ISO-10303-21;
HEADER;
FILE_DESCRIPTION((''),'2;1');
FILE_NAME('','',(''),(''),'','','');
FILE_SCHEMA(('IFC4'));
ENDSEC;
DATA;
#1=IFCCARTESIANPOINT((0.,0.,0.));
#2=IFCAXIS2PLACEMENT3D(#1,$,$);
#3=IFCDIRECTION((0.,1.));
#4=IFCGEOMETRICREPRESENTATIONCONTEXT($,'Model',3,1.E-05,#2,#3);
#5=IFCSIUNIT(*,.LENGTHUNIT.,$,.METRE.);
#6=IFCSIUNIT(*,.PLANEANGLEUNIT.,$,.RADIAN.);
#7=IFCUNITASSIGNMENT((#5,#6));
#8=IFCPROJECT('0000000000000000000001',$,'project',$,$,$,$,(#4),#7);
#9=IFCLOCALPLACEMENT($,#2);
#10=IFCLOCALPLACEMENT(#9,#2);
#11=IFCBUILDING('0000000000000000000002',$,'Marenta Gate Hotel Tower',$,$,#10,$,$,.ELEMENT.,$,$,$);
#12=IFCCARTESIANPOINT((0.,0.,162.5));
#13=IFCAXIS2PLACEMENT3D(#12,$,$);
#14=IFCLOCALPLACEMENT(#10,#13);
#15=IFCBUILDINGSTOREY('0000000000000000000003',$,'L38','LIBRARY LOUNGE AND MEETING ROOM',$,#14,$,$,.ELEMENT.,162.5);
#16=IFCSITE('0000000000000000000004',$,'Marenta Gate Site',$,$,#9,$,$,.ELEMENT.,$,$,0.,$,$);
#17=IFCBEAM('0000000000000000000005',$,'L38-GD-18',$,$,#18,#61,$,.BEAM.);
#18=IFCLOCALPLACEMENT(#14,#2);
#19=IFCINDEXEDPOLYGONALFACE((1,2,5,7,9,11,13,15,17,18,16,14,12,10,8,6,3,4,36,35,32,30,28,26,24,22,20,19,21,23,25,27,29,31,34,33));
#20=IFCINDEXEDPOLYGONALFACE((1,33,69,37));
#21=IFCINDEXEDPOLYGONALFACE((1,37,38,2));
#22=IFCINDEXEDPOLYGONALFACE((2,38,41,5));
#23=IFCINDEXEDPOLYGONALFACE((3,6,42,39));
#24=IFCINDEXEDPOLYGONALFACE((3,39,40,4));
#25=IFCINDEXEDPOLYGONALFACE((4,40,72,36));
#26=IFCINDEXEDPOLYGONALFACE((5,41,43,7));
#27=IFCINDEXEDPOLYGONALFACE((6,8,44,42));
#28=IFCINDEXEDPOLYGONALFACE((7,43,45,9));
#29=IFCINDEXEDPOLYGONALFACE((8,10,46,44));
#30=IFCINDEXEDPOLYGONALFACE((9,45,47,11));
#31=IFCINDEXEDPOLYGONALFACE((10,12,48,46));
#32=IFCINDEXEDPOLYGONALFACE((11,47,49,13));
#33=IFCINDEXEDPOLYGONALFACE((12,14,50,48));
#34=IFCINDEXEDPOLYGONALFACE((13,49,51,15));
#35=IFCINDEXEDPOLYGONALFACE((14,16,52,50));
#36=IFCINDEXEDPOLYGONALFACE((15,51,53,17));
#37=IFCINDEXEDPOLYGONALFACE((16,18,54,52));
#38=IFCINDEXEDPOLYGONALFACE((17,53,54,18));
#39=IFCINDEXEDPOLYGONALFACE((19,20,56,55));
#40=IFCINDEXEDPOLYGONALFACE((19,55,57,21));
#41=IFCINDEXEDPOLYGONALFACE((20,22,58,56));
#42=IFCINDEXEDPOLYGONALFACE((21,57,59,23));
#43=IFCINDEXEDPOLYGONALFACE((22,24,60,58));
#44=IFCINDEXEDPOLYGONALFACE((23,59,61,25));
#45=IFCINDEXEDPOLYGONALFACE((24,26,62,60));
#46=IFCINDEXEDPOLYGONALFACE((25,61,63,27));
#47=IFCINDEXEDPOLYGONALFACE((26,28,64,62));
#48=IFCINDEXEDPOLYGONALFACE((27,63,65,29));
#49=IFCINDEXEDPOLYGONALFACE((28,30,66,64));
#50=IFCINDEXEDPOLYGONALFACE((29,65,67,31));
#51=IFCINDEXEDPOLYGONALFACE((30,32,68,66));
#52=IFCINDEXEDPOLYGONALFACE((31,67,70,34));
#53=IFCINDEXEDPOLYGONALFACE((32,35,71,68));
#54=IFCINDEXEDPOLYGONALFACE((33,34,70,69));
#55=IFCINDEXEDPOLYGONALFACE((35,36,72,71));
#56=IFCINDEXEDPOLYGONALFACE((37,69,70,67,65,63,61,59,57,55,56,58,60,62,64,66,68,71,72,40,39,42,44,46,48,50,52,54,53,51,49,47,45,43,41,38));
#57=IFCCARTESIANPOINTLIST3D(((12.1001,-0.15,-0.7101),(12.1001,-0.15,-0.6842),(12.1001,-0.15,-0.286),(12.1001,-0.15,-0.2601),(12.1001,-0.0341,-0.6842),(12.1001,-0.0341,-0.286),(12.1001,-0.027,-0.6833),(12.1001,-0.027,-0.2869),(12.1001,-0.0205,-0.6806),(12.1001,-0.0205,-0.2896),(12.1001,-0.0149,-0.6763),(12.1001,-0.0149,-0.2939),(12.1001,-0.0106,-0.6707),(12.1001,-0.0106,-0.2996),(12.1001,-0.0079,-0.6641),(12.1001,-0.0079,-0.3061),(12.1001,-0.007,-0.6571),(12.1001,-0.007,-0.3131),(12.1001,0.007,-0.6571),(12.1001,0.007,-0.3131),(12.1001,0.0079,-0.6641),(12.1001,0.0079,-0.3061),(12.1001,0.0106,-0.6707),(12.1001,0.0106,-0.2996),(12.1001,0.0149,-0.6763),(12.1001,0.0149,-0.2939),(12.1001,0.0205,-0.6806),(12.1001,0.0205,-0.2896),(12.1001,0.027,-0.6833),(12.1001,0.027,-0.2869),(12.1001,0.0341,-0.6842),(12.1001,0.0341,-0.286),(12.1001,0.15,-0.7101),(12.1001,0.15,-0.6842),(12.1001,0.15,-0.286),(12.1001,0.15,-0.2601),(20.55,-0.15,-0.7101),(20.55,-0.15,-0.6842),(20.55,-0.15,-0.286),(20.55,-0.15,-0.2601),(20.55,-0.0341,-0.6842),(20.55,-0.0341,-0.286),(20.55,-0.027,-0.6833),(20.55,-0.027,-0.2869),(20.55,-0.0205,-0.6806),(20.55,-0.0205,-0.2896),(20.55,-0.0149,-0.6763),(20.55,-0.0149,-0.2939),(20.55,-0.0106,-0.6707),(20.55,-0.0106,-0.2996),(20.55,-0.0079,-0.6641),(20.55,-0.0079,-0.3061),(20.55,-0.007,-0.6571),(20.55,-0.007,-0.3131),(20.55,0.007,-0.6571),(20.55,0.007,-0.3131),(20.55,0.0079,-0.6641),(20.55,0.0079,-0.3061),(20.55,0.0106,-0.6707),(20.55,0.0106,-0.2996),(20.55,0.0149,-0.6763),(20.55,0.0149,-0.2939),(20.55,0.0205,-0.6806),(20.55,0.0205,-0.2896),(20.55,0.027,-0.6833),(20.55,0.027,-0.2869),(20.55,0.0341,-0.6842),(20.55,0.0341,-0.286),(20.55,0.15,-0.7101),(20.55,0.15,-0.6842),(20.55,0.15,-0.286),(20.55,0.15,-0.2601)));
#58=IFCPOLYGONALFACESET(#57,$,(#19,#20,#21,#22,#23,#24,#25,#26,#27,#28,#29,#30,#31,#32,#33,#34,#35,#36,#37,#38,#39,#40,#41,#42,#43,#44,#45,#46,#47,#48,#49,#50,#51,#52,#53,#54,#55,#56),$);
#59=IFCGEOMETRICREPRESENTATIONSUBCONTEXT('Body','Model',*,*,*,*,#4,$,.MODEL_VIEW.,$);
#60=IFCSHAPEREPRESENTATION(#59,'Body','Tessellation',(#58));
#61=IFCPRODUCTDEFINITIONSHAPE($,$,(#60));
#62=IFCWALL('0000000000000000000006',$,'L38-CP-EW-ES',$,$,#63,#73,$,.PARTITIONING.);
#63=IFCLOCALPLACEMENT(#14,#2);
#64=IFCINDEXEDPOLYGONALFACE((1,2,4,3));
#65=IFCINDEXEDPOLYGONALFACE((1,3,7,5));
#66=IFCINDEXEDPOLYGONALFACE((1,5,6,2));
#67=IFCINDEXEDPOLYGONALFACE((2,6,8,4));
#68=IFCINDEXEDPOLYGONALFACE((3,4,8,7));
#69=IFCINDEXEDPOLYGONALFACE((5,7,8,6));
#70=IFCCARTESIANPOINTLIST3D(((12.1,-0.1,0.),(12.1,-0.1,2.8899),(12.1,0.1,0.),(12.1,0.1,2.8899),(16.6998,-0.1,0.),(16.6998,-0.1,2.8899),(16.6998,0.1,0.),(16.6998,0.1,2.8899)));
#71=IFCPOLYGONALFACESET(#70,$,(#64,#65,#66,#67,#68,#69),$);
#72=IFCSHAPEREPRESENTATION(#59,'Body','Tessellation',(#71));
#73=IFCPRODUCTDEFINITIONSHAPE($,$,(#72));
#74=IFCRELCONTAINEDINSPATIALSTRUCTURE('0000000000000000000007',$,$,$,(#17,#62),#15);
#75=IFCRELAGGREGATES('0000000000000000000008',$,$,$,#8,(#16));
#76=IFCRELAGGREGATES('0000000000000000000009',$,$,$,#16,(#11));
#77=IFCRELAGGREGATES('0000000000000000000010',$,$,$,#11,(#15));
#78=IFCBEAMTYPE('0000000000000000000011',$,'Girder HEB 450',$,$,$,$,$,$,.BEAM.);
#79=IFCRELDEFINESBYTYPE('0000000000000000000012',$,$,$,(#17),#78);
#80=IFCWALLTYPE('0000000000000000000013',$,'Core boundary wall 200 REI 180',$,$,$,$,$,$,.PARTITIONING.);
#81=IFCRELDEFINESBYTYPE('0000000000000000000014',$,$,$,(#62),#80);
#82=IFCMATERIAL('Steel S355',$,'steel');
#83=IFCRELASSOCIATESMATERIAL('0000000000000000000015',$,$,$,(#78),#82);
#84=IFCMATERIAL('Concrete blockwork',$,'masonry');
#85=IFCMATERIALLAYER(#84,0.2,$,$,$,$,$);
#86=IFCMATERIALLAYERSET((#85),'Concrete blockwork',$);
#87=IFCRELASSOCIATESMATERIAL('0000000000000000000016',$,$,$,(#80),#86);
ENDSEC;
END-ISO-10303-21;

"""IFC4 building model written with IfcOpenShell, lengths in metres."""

from ifc_helpers import new_model, si_unit, direction, frame, frame_2d, origin, origin_2d, place, context, subcontext, project, spatial, rectangle, i_section, extrude, material, layer, layer_set, material_profile, profile_set, type_object, element, save


model = new_model("IFC4")

# Units and contexts
model_context = context("Model", 3, precision=1e-05, world=origin(), true_north=direction((0.0, 1.0)))
body_context = subcontext(model_context, "Body", "Model", "MODEL_VIEW")
ifc_project = project(units=[si_unit("LENGTHUNIT", "METRE"), si_unit("PLANEANGLEUNIT", "RADIAN")], contexts=[model_context])

# Site, building, storey
site_placement = place(None, origin())
site = spatial("IfcSite", under=ifc_project, at=site_placement, Name="Marenta Gate Site", CompositionType="ELEMENT", RefElevation=0.0)
building_placement = place(site_placement, origin())
building = spatial("IfcBuilding", under=site, at=building_placement, Name="Marenta Gate Hotel Tower", CompositionType="ELEMENT")
storey_placement = place(building_placement, frame((0.0, 0.0, 162.5)))
storey = spatial("IfcBuildingStorey", under=building, at=storey_placement, Name="L38", Description="LIBRARY LOUNGE AND MEETING ROOM", CompositionType="ELEMENT", Elevation=162.5)

# Beam
ifc_material_1 = material(Name="Steel S355", Category="steel")
ifc_material_profile = material_profile(ifc_material_1, i_section(OverallWidth=0.3, OverallDepth=0.45, WebThickness=0.0139, FlangeThickness=0.0259, FilletRadius=0.0271, at=origin_2d()), Name="HEB 450")
ifc_profile_set = profile_set([ifc_material_profile], Name="Steel S355")
beam_type = type_object("IfcBeamType", Name="Girder HEB 450", PredefinedType="BEAM", material=ifc_profile_set)
beam_placement = place(storey_placement, frame((12.1001, 0.0, -0.4851), z_axis=(1.0, 0.0, 0.0), x_axis=(0.0, 1.0, 0.0)))
element("IfcBeam", 1, at=beam_placement, inside=storey, type_object=beam_type, Name="L38-GD-18", PredefinedType="BEAM", context=body_context, shape_type="SweptSolid", body=[
    extrude(i_section(OverallWidth=0.3, OverallDepth=0.45, WebThickness=0.0139, FlangeThickness=0.0259, FilletRadius=0.0271, at=origin_2d()), origin(), (0.0, 0.0, 1.0), 8.45),
])

# Wall
ifc_material_2 = material(Name="Concrete blockwork", Category="masonry")
ifc_layer_1 = layer(ifc_material_2, 0.2)
ifc_layer_set_1 = layer_set([ifc_layer_1], Name="Concrete blockwork")
wall_type_1 = type_object("IfcWallType", Name="Core boundary wall 200 REI 180", PredefinedType="PARTITIONING", material=ifc_layer_set_1)
wall_1_placement = place(storey_placement, frame((12.1001, 0.0, 0.0), z_axis=(0.0, 0.0, 1.0), x_axis=(1.0, 0.0, 0.0)))
element("IfcWall", 2, at=wall_1_placement, inside=storey, type_object=wall_type_1, Name="L38-CP-EW-ES", PredefinedType="PARTITIONING", context=body_context, shape_type="SweptSolid", body=[
    extrude(rectangle(XDim=4.5999, YDim=0.2, at=frame_2d((2.2998, 0.0))), origin(), (0.0, 0.0, 1.0), 2.8899),
])

save(model, "model.ifc")
